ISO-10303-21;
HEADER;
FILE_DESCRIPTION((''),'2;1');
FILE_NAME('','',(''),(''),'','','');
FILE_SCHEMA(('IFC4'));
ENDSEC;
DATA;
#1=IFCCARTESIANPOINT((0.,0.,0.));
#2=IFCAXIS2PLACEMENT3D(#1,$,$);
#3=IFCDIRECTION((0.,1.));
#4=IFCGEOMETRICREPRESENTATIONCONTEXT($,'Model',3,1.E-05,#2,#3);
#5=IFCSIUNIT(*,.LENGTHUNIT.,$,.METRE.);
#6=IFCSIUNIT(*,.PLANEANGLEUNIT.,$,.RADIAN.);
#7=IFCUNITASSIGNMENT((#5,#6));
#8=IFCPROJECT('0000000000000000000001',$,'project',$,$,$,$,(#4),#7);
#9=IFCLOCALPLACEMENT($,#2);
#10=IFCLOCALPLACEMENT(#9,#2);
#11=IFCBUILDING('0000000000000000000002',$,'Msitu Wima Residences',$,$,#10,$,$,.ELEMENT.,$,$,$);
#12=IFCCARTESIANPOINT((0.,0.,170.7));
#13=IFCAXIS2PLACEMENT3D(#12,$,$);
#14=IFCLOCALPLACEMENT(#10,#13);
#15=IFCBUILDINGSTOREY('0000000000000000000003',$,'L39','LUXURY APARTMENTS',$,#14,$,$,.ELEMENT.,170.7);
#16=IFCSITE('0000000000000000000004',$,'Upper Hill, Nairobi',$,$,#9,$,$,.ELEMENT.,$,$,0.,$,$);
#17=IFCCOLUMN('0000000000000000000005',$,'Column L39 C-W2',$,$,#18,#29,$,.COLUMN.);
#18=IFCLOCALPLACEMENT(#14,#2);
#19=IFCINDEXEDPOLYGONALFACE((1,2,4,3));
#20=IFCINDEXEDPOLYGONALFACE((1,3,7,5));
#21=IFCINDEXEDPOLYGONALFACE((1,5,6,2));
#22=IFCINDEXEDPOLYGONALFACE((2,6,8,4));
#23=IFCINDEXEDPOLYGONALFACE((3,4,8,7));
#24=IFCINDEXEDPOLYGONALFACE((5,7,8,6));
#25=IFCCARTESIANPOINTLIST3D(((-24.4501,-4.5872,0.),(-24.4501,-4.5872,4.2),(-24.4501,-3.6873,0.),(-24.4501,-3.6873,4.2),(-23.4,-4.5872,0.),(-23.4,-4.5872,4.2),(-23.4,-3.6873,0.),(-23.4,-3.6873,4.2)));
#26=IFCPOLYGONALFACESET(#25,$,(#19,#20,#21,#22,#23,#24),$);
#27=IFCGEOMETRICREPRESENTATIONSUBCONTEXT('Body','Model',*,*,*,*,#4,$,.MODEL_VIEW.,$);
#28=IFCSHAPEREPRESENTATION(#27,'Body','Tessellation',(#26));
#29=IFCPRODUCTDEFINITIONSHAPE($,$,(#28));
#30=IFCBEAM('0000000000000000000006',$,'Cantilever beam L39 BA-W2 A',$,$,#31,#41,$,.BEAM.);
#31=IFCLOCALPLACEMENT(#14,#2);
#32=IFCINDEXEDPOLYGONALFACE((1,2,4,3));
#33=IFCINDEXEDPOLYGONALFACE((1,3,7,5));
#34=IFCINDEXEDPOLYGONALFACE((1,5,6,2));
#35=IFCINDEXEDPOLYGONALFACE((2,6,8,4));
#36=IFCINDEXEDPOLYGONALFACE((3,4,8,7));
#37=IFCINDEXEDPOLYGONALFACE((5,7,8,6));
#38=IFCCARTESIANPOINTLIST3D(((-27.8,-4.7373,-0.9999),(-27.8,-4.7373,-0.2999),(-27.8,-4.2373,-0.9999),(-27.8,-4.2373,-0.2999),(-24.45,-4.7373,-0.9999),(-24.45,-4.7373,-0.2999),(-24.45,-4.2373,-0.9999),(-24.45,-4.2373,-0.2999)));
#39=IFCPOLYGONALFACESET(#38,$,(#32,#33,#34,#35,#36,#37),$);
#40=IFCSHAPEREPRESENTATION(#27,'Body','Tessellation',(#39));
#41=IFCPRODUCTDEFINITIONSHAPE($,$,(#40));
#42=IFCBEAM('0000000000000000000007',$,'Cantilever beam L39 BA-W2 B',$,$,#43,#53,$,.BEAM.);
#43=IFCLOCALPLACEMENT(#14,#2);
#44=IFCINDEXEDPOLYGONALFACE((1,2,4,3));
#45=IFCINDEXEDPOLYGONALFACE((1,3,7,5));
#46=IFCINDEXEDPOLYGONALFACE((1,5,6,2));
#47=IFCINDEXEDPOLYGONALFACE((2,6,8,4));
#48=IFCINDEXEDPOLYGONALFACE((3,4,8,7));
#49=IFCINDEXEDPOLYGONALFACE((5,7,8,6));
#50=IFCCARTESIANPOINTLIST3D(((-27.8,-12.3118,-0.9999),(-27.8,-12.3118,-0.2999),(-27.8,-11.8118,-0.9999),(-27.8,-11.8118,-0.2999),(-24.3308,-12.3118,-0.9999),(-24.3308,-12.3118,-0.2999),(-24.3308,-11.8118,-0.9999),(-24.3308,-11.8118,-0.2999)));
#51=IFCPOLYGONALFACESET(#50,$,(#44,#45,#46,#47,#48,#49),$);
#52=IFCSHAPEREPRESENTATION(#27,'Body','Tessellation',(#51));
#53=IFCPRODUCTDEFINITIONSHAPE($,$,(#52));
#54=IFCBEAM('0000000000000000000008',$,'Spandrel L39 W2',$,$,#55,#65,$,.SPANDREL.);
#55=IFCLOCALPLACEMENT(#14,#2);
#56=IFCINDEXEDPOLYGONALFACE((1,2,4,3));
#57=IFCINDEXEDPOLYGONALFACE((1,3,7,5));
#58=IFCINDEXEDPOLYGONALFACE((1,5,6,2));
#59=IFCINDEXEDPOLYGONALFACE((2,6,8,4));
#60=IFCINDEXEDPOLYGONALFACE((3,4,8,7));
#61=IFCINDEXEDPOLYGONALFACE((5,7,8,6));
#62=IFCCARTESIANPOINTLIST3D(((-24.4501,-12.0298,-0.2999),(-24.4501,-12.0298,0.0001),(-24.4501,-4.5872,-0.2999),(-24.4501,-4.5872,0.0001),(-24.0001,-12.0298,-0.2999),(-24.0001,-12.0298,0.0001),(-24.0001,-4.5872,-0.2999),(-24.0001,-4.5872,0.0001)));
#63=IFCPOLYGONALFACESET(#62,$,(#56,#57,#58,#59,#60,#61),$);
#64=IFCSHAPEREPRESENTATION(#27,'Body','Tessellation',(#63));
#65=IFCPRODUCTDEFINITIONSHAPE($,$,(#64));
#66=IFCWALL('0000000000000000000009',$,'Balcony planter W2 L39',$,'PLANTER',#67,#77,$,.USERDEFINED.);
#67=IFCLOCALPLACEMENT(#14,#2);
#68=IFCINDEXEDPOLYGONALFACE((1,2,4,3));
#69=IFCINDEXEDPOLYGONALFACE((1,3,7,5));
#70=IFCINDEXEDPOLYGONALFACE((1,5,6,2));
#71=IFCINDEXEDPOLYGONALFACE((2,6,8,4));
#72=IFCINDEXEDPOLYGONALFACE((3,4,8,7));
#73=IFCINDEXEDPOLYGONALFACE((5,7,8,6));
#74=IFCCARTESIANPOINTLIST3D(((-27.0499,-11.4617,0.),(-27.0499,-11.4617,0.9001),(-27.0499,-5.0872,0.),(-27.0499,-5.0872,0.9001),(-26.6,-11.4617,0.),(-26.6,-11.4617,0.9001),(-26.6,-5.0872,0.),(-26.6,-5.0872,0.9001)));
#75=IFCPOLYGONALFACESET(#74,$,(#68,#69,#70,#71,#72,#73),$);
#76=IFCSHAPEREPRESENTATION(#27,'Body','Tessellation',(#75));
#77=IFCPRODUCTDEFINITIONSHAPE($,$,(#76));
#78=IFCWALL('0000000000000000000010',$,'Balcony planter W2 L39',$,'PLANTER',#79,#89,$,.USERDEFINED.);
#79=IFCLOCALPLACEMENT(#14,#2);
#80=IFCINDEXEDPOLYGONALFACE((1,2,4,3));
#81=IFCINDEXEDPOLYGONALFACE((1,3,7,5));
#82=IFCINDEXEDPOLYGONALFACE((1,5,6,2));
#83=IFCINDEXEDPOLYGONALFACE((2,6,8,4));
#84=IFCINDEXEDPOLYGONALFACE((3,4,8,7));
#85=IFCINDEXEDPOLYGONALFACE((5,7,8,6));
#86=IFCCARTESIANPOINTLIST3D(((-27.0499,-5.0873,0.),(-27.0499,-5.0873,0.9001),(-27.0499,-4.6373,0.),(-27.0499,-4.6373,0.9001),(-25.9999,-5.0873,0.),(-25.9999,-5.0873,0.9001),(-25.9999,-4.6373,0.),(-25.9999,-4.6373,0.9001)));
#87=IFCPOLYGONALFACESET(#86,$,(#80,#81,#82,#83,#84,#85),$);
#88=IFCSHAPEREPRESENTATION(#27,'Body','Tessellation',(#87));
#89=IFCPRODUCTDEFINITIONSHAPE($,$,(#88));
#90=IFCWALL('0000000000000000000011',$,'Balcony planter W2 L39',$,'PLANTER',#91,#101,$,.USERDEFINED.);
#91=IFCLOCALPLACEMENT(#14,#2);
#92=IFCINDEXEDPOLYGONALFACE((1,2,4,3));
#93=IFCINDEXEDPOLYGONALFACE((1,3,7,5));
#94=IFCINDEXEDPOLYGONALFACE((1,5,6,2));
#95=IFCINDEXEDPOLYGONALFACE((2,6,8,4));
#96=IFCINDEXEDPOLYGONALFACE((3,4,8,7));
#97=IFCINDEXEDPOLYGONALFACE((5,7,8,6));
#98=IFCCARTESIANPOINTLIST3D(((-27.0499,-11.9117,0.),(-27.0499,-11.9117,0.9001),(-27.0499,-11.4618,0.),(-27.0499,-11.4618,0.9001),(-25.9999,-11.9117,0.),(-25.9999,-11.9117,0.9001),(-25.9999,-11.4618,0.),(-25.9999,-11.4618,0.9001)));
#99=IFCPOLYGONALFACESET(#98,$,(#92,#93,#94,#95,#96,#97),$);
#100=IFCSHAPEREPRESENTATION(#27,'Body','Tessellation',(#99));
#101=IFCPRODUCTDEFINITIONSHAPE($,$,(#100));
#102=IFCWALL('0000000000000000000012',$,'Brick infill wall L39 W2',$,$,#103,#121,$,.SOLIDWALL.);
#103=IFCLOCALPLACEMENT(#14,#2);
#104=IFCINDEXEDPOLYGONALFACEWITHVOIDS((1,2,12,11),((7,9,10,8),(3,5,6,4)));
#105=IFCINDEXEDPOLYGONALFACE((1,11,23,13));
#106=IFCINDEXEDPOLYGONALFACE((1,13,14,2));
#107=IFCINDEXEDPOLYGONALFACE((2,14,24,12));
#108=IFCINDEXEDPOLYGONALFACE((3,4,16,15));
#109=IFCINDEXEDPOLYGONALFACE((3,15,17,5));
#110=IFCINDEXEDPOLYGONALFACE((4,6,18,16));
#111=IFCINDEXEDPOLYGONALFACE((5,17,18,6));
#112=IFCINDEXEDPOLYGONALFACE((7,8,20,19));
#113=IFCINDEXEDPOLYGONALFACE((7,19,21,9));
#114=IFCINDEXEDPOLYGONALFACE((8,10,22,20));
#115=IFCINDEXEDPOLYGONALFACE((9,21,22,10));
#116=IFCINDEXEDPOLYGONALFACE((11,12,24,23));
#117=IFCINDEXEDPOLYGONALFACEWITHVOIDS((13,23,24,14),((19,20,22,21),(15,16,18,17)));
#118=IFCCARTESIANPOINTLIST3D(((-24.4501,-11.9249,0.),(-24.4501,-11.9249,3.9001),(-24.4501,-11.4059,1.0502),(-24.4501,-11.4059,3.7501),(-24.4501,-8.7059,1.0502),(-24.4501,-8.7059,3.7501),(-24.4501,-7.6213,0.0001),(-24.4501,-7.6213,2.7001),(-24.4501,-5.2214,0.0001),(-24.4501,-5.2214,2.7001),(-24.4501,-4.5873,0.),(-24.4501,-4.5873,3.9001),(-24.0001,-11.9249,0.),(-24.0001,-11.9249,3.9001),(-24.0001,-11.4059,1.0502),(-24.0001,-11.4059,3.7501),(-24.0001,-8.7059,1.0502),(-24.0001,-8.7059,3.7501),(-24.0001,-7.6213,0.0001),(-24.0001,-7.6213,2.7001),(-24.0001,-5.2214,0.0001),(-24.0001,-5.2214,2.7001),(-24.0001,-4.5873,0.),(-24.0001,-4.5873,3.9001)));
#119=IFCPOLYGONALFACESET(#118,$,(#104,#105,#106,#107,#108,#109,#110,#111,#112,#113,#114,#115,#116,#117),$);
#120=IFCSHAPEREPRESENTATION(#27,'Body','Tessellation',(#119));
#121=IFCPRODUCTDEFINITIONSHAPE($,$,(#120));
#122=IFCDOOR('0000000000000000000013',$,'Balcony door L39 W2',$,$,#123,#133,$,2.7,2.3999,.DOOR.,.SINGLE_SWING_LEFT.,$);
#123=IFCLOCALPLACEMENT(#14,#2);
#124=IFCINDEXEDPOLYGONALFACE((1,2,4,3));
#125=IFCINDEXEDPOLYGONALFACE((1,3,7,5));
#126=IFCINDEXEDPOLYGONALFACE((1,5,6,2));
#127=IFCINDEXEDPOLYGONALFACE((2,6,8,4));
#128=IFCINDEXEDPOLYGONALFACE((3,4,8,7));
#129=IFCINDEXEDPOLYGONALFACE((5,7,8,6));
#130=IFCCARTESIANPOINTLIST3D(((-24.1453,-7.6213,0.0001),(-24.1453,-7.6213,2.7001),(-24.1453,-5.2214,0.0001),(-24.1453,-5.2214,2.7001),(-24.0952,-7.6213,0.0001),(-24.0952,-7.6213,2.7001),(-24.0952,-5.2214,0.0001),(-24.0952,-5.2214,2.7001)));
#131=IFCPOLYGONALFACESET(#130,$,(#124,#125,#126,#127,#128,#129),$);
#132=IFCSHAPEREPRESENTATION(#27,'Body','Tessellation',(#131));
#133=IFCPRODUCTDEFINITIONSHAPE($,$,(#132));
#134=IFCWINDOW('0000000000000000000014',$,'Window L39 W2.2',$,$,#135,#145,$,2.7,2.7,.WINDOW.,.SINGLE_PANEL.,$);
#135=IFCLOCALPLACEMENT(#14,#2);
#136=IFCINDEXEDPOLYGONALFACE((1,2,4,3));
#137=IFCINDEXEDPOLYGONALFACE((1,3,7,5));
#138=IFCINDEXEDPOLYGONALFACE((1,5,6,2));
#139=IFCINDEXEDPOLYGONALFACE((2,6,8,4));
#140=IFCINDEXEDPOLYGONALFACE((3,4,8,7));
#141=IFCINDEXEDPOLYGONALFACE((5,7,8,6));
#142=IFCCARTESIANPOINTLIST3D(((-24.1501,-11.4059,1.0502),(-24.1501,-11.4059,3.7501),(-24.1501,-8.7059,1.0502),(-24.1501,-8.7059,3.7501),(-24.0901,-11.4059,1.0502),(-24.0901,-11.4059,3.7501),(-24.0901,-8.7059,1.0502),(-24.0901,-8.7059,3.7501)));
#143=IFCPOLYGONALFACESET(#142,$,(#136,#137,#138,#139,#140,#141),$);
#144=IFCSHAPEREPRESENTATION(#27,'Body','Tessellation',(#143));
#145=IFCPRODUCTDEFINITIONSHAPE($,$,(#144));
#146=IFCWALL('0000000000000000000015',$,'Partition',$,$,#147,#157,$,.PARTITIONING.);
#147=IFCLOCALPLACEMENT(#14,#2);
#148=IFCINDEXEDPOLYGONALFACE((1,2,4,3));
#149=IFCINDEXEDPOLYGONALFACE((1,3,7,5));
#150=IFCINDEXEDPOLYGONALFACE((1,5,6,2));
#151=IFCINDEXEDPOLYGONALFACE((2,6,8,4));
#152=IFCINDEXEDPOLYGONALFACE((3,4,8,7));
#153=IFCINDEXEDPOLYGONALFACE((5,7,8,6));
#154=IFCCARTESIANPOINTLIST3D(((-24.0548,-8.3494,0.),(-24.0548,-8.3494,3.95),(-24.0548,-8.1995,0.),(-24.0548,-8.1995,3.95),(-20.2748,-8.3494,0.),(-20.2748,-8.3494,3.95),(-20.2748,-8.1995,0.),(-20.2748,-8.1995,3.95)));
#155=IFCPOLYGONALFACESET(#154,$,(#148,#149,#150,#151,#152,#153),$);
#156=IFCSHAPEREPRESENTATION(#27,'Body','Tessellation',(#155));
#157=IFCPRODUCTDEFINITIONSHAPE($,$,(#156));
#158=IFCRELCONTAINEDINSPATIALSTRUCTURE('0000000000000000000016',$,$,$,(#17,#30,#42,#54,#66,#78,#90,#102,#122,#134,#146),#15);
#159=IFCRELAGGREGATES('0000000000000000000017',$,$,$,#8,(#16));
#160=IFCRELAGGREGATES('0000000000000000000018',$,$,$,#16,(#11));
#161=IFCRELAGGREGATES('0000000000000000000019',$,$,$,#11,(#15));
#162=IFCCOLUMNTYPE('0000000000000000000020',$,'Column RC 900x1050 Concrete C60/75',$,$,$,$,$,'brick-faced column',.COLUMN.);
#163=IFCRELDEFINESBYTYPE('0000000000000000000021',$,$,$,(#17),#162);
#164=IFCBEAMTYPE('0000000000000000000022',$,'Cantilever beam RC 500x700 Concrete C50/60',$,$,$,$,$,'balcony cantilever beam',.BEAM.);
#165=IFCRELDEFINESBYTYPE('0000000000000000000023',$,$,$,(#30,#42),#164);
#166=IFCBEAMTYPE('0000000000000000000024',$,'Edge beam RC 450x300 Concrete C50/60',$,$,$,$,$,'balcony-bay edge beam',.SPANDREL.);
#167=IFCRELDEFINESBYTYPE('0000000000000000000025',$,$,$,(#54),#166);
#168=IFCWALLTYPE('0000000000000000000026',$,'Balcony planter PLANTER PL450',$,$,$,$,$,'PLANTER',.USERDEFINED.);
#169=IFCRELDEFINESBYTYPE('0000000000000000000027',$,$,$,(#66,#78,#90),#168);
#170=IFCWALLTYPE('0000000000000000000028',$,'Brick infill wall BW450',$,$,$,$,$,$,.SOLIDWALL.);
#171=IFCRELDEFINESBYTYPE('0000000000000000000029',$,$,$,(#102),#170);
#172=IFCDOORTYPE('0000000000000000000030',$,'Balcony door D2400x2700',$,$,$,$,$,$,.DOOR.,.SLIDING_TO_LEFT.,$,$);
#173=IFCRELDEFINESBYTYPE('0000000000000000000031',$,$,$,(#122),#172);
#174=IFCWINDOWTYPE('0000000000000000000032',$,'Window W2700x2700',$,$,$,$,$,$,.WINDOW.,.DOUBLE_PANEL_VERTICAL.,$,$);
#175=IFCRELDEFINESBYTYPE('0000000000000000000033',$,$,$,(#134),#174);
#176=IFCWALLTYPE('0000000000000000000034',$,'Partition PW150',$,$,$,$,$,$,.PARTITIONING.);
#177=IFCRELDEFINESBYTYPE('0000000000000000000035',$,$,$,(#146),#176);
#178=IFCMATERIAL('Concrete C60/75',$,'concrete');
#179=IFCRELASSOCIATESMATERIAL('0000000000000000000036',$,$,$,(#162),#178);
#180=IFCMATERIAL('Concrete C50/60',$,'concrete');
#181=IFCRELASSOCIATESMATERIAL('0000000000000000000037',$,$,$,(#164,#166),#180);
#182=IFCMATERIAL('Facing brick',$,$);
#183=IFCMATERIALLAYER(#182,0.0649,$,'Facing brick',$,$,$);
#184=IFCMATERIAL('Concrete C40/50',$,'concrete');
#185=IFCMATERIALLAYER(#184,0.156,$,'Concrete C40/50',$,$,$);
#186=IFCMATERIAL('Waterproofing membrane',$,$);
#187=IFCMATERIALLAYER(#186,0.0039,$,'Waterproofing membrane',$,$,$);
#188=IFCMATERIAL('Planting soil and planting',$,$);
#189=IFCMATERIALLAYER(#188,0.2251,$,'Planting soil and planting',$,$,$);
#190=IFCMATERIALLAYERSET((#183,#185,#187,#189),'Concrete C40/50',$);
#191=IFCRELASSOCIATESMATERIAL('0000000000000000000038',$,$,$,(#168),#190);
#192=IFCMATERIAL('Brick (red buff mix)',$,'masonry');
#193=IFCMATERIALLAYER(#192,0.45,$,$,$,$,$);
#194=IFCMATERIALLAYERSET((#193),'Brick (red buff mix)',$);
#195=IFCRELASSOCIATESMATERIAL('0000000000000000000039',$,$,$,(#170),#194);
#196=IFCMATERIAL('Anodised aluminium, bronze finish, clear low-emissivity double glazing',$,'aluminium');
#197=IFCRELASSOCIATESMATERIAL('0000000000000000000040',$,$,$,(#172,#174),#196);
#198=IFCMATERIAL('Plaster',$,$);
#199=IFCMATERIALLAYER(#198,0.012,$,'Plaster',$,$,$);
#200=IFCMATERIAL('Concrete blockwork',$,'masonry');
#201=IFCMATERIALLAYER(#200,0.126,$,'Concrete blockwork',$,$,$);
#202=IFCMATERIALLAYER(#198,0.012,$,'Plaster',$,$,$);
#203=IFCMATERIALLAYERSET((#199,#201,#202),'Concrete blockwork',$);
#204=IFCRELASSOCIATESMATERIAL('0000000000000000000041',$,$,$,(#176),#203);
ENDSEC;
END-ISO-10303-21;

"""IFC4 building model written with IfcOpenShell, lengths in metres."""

from ifc_helpers import new_model, si_unit, direction, frame, frame_2d, origin, origin_2d, place, context, subcontext, project, spatial, rectangle, extrude, material, layer, layer_set, material_profile, profile_set, type_object, element, fill, save


model = new_model("IFC4")

# Units and contexts
model_context = context("Model", 3, precision=1e-05, world=origin(), true_north=direction((0.0, 1.0)))
body_context = subcontext(model_context, "Body", "Model", "MODEL_VIEW")
ifc_project = project(units=[si_unit("LENGTHUNIT", "METRE"), si_unit("PLANEANGLEUNIT", "RADIAN")], contexts=[model_context])

# Site, building, storey
site_placement = place(None, origin())
site = spatial("IfcSite", under=ifc_project, at=site_placement, Name="Upper Hill, Nairobi", CompositionType="ELEMENT", RefElevation=0.0)
building_placement = place(site_placement, origin())
building = spatial("IfcBuilding", under=site, at=building_placement, Name="Msitu Wima Residences", CompositionType="ELEMENT")
storey_placement = place(building_placement, frame((0.0, 0.0, 170.7)))
storey = spatial("IfcBuildingStorey", under=building, at=storey_placement, Name="L39", Description="LUXURY APARTMENTS", CompositionType="ELEMENT", Elevation=170.7)

# Column
ifc_material_1 = material(Name="Concrete C60/75", Category="concrete")
ifc_material_profile_1 = material_profile(ifc_material_1, rectangle(XDim=0.8999, YDim=1.05, at=origin_2d()), Name="RC 900x1050")
ifc_profile_set_1 = profile_set([ifc_material_profile_1], Name="Concrete C60/75")
column_type = type_object("IfcColumnType", Name="Column RC 900x1050 Concrete C60/75", ElementType="brick-faced column", PredefinedType="COLUMN", material=ifc_profile_set_1)
column_placement = place(storey_placement, frame((-23.925, -4.1372, 0.0), z_axis=(0.0, 0.0, 1.0), x_axis=(0.0, -1.0, 0.0)))
element("IfcColumn", 1, at=column_placement, inside=storey, type_object=column_type, Name="Column L39 C-W2", PredefinedType="COLUMN", context=body_context, shape_type="SweptSolid", body=[
    extrude(rectangle(XDim=0.8999, YDim=1.05, at=origin_2d()), origin(), (0.0, 0.0, 1.0), 4.2),
])

# Beams
ifc_material_2 = material(Name="Concrete C50/60", Category="concrete")
ifc_material_profile_2 = material_profile(ifc_material_2, rectangle(XDim=0.5, YDim=0.7, at=origin_2d()), Name="RC 500x700")
ifc_profile_set_2 = profile_set([ifc_material_profile_2], Name="Concrete C50/60")
beam_type_1 = type_object("IfcBeamType", Name="Cantilever beam RC 500x700 Concrete C50/60", ElementType="balcony cantilever beam", PredefinedType="BEAM", material=ifc_profile_set_2)
beam_1_placement = place(storey_placement, frame((-24.45, -4.4873, -0.6499), z_axis=(-1.0, 0.0, 0.0), x_axis=(0.0, -1.0, 0.0)))
element("IfcBeam", 2, at=beam_1_placement, inside=storey, type_object=beam_type_1, Name="Cantilever beam L39 BA-W2 A", PredefinedType="BEAM", context=body_context, shape_type="SweptSolid", body=[
    extrude(rectangle(XDim=0.5, YDim=0.7, at=origin_2d()), origin(), (0.0, 0.0, 1.0), 3.3501),
])
beam_2_placement = place(storey_placement, frame((-24.3308, -12.0618, -0.6499), z_axis=(-1.0, 0.0, 0.0), x_axis=(0.0, -1.0, 0.0)))
element("IfcBeam", 3, at=beam_2_placement, inside=storey, type_object=beam_type_1, Name="Cantilever beam L39 BA-W2 B", PredefinedType="BEAM", context=body_context, shape_type="SweptSolid", body=[
    extrude(rectangle(XDim=0.5, YDim=0.7, at=origin_2d()), origin(), (0.0, 0.0, 1.0), 3.4692),
])
ifc_material_profile_3 = material_profile(ifc_material_2, rectangle(XDim=0.45, YDim=0.3, at=origin_2d()), Name="RC 450x300")
ifc_profile_set_3 = profile_set([ifc_material_profile_3], Name="Concrete C50/60")
beam_type_2 = type_object("IfcBeamType", Name="Edge beam RC 450x300 Concrete C50/60", ElementType="balcony-bay edge beam", PredefinedType="SPANDREL", material=ifc_profile_set_3)
beam_3_placement = place(storey_placement, frame((-24.2251, -4.5872, -0.1499), z_axis=(0.0, -1.0, 0.0), x_axis=(1.0, 0.0, 0.0)))
element("IfcBeam", 4, at=beam_3_placement, inside=storey, type_object=beam_type_2, Name="Spandrel L39 W2", PredefinedType="SPANDREL", context=body_context, shape_type="SweptSolid", body=[
    extrude(rectangle(XDim=0.45, YDim=0.3, at=origin_2d()), origin(), (0.0, 0.0, 1.0), 7.4426),
])

# Walls
ifc_material_3 = material(Name="Facing brick")
ifc_layer_1 = layer(ifc_material_3, 0.0649, Name="Facing brick")
ifc_material_4 = material(Name="Concrete C40/50", Category="concrete")
ifc_layer_2 = layer(ifc_material_4, 0.156, Name="Concrete C40/50")
ifc_material_5 = material(Name="Waterproofing membrane")
ifc_layer_3 = layer(ifc_material_5, 0.0039, Name="Waterproofing membrane")
ifc_material_6 = material(Name="Planting soil and planting")
ifc_layer_4 = layer(ifc_material_6, 0.2251, Name="Planting soil and planting")
ifc_layer_set_1 = layer_set([ifc_layer_1, ifc_layer_2, ifc_layer_3, ifc_layer_4], Name="Concrete C40/50")
wall_type_1 = type_object("IfcWallType", Name="Balcony planter PLANTER PL450", ElementType="PLANTER", PredefinedType="USERDEFINED", material=ifc_layer_set_1)
wall_1_placement = place(storey_placement, frame((-26.825, -5.0872, 0.0), z_axis=(0.0, 0.0, 1.0), x_axis=(0.0, -1.0, 0.0)))
element("IfcWall", 5, at=wall_1_placement, inside=storey, type_object=wall_type_1, Name="Balcony planter W2 L39", ObjectType="PLANTER", PredefinedType="USERDEFINED", context=body_context, shape_type="SweptSolid", body=[
    extrude(rectangle(XDim=6.3745, YDim=0.45, at=frame_2d((3.1873, 0.0))), origin(), (0.0, 0.0, 1.0), 0.9001),
])
for number, where, z_axis, x_axis, name in (
    (6, (-26.0, -4.8623, 0.0), (0.0, 0.0, 1.0), (-1.0, 0.0, 0.0), "Balcony planter W2 L39"),
    (7, (-26.0, -11.6868, 0.0), (0.0, 0.0, 1.0), (-1.0, 0.0, 0.0), "Balcony planter W2 L39"),
):
    element("IfcWall", number, at=place(storey_placement, frame(where, z_axis=z_axis, x_axis=x_axis)), inside=storey, type_object=wall_type_1, Name=name, ObjectType="PLANTER", PredefinedType="USERDEFINED", context=body_context, shape_type="SweptSolid", body=[
        extrude(rectangle(XDim=1.05, YDim=0.45, at=frame_2d((0.5249, 0.0))), origin(), (0.0, 0.0, 1.0), 0.9001),
    ])

# Wall, openings, door, window
ifc_material_7 = material(Name="Brick (red buff mix)", Category="masonry")
ifc_layer_5 = layer(ifc_material_7, 0.45)
ifc_layer_set_2 = layer_set([ifc_layer_5], Name="Brick (red buff mix)")
wall_type_2 = type_object("IfcWallType", Name="Brick infill wall BW450", PredefinedType="SOLIDWALL", material=ifc_layer_set_2)
wall_2_placement = place(storey_placement, frame((-24.2251, -4.5872, 0.0), z_axis=(0.0, 0.0, 1.0), x_axis=(0.0, -1.0, 0.0)))
wall_2 = element("IfcWall", 8, at=wall_2_placement, inside=storey, type_object=wall_type_2, Name="Brick infill wall L39 W2", PredefinedType="SOLIDWALL", context=body_context, shape_type="SweptSolid", body=[
    extrude(rectangle(XDim=7.3376, YDim=0.45, at=frame_2d((3.6689, 0.0))), origin(), (0.0, 0.0, 1.0), 3.9001),
])
opening_1_placement = place(wall_2_placement, frame((0.6343, 0.0, 0.0)))
opening_1 = element("IfcOpeningElement", 9, at=opening_1_placement, cuts=wall_2, PredefinedType="OPENING", context=body_context, shape_type="SweptSolid", body=[
    extrude(rectangle(XDim=2.3999, YDim=2.7, at=frame_2d((1.2, 1.3501))), frame((0.0, 0.2349, 0.0), z_axis=(0.0, -1.0, 0.0), x_axis=(1.0, 0.0, 0.0)), (0.0, 0.0, 1.0), 0.47),
])
opening_2_placement = place(wall_2_placement, frame((4.1187, 0.0, 1.05)))
opening_2 = element("IfcOpeningElement", 10, at=opening_2_placement, cuts=wall_2, PredefinedType="OPENING", context=body_context, shape_type="SweptSolid", body=[
    extrude(rectangle(XDim=2.7, YDim=2.7, at=frame_2d((1.3501, 1.3501))), frame((0.0, 0.2349, 0.0), z_axis=(0.0, -1.0, 0.0), x_axis=(1.0, 0.0, 0.0)), (0.0, 0.0, 1.0), 0.47),
])
ifc_material_8 = material(Name="Anodised aluminium, bronze finish, clear low-emissivity double glazing", Category="aluminium")
door_type = type_object("IfcDoorType", Name="Balcony door D2400x2700", OperationType="SLIDING_TO_LEFT", PredefinedType="DOOR", material=ifc_material_8)
door_placement = place(opening_1_placement, origin())
door = element("IfcDoor", 11, at=door_placement, inside=storey, type_object=door_type, Name="Balcony door L39 W2", OperationType="SINGLE_SWING_LEFT", OverallHeight=2.7, OverallWidth=2.3999, PredefinedType="DOOR", context=body_context, shape_type="SweptSolid", body=[
    extrude(rectangle(XDim=2.3999, YDim=2.7, at=frame_2d((1.2, 1.3501))), frame((0.0, 0.1299, 0.0), z_axis=(0.0, -1.0, 0.0), x_axis=(1.0, 0.0, 0.0)), (0.0, 0.0, 1.0), 0.05),
])
fill(opening_1, door)
window_type = type_object("IfcWindowType", Name="Window W2700x2700", PartitioningType="DOUBLE_PANEL_VERTICAL", PredefinedType="WINDOW", material=ifc_material_8)
window_placement = place(opening_2_placement, origin())
window = element("IfcWindow", 12, at=window_placement, inside=storey, type_object=window_type, Name="Window L39 W2.2", OverallHeight=2.7, OverallWidth=2.7, PartitioningType="SINGLE_PANEL", PredefinedType="WINDOW", context=body_context, shape_type="SweptSolid", body=[
    extrude(rectangle(XDim=2.7, YDim=2.7, at=frame_2d((1.3501, 1.3501))), frame((0.0, 0.135, 0.0), z_axis=(0.0, -1.0, 0.0), x_axis=(1.0, 0.0, 0.0)), (0.0, 0.0, 1.0), 0.0601),
])
fill(opening_2, window)

# Wall
ifc_material_9 = material(Name="Plaster")
ifc_layer_6 = layer(ifc_material_9, 0.012, Name="Plaster")
ifc_material_10 = material(Name="Concrete blockwork", Category="masonry")
ifc_layer_7 = layer(ifc_material_10, 0.126, Name="Concrete blockwork")
ifc_layer_8 = layer(ifc_material_9, 0.012, Name="Plaster")
ifc_layer_set_3 = layer_set([ifc_layer_6, ifc_layer_7, ifc_layer_8], Name="Concrete blockwork")
wall_type_3 = type_object("IfcWallType", Name="Partition PW150", PredefinedType="PARTITIONING", material=ifc_layer_set_3)
wall_3_placement = place(storey_placement, frame((-24.0549, -8.2744, 0.0), z_axis=(0.0, 0.0, 1.0), x_axis=(1.0, 0.0, 0.0)))
element("IfcWall", 13, at=wall_3_placement, inside=storey, type_object=wall_type_3, Name="Partition", PredefinedType="PARTITIONING", context=body_context, shape_type="SweptSolid", body=[
    extrude(rectangle(XDim=3.78, YDim=0.1499, at=frame_2d((1.8901, 0.0))), origin(), (0.0, 0.0, 1.0), 3.95),
])

save(model, "model.ifc")
